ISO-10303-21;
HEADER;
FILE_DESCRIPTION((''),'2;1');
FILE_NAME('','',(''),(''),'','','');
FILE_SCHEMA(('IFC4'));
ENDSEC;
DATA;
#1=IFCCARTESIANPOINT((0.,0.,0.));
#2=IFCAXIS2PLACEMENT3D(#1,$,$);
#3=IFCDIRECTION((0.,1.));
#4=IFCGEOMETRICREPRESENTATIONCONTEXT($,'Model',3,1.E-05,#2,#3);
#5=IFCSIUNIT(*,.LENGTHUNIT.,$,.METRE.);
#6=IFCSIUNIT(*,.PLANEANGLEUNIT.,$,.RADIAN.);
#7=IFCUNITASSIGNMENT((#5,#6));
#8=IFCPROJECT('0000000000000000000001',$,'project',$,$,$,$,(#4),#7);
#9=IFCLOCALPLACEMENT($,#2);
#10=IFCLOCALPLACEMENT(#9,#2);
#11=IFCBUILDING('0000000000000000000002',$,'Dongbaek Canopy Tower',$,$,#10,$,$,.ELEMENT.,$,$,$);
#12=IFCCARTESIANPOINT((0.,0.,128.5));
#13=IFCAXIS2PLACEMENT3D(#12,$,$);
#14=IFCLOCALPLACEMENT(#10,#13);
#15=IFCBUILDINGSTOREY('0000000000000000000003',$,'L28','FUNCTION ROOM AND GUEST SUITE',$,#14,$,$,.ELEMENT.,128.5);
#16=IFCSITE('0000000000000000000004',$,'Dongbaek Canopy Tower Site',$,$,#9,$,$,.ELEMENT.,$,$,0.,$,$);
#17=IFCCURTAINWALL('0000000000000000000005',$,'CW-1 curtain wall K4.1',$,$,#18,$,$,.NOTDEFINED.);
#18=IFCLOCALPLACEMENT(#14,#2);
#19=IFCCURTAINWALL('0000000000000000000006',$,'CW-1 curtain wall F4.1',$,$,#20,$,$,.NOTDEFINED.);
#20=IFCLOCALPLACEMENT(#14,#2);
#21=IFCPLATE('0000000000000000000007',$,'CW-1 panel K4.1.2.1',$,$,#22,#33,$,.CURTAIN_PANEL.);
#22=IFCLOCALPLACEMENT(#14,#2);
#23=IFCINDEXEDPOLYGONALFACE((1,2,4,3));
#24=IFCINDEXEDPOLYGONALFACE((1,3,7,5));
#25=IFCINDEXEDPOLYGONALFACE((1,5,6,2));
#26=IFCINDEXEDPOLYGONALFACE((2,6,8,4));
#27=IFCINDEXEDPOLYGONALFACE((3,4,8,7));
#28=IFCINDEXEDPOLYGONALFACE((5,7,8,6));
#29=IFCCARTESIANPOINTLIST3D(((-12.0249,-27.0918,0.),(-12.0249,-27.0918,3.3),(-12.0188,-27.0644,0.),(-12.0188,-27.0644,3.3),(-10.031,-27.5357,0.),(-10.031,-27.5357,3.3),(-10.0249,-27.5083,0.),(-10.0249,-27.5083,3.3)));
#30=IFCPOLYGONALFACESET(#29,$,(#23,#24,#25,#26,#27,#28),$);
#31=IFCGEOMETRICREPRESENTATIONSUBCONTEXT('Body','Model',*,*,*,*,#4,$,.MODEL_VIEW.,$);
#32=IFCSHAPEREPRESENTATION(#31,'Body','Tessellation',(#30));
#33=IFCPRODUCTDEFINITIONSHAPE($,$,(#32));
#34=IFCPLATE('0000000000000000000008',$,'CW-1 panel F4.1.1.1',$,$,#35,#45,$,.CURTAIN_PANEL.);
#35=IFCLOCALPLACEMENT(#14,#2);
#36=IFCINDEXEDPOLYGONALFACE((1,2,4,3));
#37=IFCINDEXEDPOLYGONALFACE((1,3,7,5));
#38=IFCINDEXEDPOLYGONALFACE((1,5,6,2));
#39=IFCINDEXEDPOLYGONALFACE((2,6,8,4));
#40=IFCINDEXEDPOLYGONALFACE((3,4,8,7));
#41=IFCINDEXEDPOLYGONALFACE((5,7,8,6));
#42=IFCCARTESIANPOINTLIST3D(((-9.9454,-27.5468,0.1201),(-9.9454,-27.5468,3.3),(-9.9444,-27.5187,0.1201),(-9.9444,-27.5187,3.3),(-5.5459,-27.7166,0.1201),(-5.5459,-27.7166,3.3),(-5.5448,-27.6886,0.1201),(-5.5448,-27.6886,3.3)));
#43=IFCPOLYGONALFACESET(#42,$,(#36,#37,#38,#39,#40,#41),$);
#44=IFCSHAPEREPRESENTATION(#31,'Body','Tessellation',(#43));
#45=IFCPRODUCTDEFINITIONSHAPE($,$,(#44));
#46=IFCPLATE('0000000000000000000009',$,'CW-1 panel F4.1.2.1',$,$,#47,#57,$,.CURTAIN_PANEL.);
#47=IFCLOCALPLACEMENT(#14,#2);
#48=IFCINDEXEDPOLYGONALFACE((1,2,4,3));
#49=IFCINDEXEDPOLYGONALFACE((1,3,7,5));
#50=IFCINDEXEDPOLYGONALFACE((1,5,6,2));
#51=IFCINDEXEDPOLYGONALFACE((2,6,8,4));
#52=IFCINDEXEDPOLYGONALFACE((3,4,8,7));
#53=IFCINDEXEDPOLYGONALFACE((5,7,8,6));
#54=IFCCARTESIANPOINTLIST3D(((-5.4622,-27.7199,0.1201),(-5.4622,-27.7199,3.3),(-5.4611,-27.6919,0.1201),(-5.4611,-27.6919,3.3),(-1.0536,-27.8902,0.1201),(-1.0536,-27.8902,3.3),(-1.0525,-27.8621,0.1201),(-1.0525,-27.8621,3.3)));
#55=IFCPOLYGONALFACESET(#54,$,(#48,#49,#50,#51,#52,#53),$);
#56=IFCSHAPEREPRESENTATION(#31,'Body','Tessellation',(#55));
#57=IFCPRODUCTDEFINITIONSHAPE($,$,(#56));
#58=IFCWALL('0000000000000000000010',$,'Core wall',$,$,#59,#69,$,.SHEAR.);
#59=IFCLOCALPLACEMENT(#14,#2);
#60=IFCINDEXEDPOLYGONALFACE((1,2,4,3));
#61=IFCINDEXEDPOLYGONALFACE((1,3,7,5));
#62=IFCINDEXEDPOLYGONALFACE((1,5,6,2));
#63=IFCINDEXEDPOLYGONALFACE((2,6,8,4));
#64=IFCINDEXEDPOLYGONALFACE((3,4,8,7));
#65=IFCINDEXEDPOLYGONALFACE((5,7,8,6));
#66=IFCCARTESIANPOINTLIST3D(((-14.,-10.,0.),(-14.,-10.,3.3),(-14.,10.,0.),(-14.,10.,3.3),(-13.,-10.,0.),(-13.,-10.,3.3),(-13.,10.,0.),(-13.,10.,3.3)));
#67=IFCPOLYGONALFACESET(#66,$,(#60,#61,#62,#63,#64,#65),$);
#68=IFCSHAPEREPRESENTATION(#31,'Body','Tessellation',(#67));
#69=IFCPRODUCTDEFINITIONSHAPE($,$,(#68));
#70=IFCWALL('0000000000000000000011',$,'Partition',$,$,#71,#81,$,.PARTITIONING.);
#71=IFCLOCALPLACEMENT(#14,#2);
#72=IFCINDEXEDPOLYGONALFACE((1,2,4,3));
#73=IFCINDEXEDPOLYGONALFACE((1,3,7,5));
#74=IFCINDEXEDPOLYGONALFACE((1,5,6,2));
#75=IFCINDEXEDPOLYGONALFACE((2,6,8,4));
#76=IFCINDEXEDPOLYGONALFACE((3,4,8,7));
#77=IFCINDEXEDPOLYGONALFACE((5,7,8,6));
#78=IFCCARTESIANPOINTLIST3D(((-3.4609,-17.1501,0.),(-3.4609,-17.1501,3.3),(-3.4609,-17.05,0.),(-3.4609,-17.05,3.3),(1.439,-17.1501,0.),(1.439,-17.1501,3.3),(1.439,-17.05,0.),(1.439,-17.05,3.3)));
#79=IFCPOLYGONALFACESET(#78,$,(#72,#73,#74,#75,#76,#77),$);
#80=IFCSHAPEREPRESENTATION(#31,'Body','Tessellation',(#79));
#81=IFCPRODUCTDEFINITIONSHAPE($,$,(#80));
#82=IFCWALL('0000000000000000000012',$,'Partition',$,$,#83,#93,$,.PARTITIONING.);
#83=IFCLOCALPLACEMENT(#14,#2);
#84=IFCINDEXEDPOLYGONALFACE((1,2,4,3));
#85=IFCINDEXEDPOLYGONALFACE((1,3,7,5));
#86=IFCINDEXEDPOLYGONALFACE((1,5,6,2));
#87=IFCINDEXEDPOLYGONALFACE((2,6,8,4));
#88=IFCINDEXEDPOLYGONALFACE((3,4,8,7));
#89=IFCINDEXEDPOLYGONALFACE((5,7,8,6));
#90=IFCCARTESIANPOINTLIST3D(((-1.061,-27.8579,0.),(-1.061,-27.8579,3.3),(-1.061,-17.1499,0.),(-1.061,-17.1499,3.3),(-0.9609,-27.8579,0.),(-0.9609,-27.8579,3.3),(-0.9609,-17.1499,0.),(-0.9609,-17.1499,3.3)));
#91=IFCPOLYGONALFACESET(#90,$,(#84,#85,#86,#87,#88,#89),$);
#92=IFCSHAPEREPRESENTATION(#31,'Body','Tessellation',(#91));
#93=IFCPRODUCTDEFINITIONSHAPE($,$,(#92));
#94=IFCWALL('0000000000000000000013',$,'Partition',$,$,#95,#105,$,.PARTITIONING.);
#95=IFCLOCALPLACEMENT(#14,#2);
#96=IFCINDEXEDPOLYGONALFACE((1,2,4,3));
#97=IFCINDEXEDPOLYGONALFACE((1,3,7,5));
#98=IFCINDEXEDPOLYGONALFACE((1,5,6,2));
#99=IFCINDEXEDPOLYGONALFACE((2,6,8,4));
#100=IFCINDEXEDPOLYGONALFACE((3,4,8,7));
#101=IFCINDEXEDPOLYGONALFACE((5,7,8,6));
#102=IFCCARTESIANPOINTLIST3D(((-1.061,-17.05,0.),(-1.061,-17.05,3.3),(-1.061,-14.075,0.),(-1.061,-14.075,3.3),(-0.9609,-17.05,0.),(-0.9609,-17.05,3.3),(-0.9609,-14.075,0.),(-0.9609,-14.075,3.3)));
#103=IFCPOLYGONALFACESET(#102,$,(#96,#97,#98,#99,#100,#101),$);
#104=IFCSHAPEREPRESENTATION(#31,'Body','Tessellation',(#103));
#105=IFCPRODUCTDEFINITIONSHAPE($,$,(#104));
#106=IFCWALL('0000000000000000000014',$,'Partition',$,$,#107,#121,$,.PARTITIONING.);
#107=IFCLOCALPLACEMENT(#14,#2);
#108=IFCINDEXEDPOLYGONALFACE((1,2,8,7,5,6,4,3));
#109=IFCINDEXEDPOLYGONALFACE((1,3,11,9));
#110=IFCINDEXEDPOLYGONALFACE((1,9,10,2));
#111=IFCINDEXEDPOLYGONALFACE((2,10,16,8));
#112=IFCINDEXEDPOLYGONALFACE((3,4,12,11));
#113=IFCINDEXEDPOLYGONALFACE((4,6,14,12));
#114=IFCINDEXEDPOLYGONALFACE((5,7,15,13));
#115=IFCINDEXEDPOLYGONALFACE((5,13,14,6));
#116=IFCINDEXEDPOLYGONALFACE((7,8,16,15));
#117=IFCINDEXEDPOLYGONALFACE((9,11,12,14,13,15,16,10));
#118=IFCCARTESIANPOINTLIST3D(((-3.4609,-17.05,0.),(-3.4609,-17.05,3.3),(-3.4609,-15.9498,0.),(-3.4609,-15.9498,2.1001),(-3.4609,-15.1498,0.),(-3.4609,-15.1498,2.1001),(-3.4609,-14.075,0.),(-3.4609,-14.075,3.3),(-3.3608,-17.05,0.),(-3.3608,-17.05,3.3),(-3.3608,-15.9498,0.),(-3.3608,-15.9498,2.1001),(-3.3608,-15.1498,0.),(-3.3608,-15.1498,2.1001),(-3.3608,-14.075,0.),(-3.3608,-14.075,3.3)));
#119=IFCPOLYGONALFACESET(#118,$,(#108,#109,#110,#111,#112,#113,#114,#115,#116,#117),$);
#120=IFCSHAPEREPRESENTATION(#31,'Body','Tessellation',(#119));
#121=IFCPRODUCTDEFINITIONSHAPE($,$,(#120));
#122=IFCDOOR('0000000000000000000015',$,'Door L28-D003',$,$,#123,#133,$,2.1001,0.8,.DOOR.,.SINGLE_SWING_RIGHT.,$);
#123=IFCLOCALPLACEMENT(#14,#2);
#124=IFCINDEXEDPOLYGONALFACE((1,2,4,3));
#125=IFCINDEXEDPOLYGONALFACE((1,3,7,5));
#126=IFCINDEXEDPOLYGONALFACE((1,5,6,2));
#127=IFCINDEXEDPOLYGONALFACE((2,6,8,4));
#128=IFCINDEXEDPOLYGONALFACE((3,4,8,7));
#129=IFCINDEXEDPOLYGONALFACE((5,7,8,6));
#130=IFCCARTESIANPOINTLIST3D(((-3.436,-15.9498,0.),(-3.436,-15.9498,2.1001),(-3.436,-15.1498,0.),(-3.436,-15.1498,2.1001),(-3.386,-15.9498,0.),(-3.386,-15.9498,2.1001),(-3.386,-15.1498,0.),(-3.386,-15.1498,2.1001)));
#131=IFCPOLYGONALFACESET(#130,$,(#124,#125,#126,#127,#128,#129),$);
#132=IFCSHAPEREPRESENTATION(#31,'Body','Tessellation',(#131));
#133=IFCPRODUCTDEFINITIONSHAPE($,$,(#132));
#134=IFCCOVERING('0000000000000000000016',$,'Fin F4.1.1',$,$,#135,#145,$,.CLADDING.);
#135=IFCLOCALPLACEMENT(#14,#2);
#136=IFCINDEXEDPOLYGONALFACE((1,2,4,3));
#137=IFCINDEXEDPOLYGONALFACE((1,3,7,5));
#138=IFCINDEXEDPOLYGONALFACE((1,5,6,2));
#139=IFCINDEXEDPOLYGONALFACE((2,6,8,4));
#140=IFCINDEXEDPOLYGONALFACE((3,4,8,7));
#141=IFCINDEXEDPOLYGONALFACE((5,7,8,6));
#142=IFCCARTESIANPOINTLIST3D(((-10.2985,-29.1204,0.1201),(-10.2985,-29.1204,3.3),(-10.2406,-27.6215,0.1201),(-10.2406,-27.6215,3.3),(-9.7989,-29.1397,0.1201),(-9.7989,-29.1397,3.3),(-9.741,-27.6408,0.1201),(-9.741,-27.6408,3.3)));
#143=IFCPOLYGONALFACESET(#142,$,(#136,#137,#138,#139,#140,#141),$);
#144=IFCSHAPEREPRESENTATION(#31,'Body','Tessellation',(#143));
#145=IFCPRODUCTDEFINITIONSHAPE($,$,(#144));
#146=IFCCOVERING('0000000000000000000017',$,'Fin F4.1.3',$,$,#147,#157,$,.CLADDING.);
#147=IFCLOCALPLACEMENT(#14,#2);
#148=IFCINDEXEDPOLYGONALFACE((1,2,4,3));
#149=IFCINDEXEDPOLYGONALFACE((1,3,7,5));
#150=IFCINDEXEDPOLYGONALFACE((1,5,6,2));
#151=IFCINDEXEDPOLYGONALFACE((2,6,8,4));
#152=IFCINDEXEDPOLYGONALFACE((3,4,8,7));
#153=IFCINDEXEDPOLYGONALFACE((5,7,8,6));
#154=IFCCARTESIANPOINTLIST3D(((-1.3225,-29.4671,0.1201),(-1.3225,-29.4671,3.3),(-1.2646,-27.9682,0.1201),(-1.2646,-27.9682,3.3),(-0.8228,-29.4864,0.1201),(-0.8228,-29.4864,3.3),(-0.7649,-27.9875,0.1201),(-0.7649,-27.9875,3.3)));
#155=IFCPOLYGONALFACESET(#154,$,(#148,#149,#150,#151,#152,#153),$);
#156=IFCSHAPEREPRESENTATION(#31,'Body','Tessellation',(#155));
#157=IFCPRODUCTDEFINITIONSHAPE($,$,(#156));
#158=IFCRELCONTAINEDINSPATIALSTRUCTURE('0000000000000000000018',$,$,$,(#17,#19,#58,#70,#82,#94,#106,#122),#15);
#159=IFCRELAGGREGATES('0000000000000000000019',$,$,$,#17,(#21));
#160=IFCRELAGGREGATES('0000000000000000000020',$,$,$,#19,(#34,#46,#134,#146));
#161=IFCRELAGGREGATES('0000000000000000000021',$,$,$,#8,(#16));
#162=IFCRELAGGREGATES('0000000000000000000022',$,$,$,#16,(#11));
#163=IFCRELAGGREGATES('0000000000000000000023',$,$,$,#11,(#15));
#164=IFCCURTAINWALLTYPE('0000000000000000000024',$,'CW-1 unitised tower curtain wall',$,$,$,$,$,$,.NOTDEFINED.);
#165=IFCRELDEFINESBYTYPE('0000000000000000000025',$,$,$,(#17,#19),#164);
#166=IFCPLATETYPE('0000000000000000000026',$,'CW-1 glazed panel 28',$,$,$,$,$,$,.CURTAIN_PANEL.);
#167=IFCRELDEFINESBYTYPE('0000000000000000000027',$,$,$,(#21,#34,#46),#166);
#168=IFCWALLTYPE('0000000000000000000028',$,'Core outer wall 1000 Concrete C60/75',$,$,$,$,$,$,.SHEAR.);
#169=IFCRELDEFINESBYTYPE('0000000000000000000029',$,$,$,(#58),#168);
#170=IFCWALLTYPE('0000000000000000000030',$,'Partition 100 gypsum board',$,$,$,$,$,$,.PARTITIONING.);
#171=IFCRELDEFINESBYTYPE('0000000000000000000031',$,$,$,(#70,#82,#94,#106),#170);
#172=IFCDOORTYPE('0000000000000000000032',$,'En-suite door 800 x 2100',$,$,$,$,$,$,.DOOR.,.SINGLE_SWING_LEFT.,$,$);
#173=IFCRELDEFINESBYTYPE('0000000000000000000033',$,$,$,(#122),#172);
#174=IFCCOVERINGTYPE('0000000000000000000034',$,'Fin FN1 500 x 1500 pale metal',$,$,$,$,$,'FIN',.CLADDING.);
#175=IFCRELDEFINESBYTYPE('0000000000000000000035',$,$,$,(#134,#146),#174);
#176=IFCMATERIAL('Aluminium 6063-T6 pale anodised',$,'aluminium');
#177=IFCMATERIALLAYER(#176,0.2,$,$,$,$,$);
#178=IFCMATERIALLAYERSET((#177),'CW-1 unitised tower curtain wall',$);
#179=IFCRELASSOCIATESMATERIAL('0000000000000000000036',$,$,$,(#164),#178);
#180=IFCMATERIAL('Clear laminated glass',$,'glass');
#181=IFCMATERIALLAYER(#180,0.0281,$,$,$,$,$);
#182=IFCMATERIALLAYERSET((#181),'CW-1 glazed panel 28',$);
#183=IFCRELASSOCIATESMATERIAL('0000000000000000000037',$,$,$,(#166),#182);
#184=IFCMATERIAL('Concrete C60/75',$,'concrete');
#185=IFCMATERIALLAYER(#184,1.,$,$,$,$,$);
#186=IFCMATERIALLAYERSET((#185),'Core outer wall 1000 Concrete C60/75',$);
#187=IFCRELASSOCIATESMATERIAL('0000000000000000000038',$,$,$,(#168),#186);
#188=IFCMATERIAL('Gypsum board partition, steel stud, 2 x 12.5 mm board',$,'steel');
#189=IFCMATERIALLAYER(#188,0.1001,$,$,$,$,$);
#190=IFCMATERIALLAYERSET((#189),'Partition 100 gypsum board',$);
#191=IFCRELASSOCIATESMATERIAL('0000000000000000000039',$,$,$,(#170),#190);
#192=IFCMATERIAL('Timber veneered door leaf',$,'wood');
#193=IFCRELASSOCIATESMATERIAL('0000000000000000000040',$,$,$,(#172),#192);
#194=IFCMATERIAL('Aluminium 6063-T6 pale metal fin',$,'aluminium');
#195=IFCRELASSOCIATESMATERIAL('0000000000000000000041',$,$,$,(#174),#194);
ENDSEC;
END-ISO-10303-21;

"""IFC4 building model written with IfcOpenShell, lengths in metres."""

from ifc_helpers import new_model, si_unit, direction, frame, frame_2d, origin, origin_2d, place, context, subcontext, project, spatial, rectangle, extrude, material, layer, layer_set, material_profile, profile_set, type_object, element, fill, aggregate, save


model = new_model("IFC4")

# Units and contexts
model_context = context("Model", 3, precision=1e-05, world=origin(), true_north=direction((0.0, 1.0)))
body_context = subcontext(model_context, "Body", "Model", "MODEL_VIEW")
ifc_project = project(units=[si_unit("LENGTHUNIT", "METRE"), si_unit("PLANEANGLEUNIT", "RADIAN")], contexts=[model_context])

# Site, building, storey
site_placement = place(None, origin())
site = spatial("IfcSite", under=ifc_project, at=site_placement, Name="Dongbaek Canopy Tower Site", CompositionType="ELEMENT", RefElevation=0.0)
building_placement = place(site_placement, origin())
building = spatial("IfcBuilding", under=site, at=building_placement, Name="Dongbaek Canopy Tower", CompositionType="ELEMENT")
storey_placement = place(building_placement, frame((0.0, 0.0, 128.5)))
storey = spatial("IfcBuildingStorey", under=building, at=storey_placement, Name="L28", Description="FUNCTION ROOM AND GUEST SUITE", CompositionType="ELEMENT", Elevation=128.5)

# Curtain walls
ifc_material_1 = material(Name="Aluminium 6063-T6 pale anodised", Category="aluminium")
ifc_layer_1 = layer(ifc_material_1, 0.2)
ifc_layer_set_1 = layer_set([ifc_layer_1], Name="CW-1 unitised tower curtain wall")
curtain_wall_type = type_object("IfcCurtainWallType", Name="CW-1 unitised tower curtain wall", PredefinedType="NOTDEFINED", material=ifc_layer_set_1)
curtain_wall_1_placement = place(storey_placement, origin())
curtain_wall_1 = element("IfcCurtainWall", 1, at=curtain_wall_1_placement, inside=storey, type_object=curtain_wall_type, Name="CW-1 curtain wall K4.1", PredefinedType="NOTDEFINED")
curtain_wall_2_placement = place(storey_placement, origin())
curtain_wall_2 = element("IfcCurtainWall", 2, at=curtain_wall_2_placement, inside=storey, type_object=curtain_wall_type, Name="CW-1 curtain wall F4.1", PredefinedType="NOTDEFINED")

# Plates
ifc_material_2 = material(Name="Clear laminated glass", Category="glass")
ifc_layer_2 = layer(ifc_material_2, 0.0281)
ifc_layer_set_2 = layer_set([ifc_layer_2], Name="CW-1 glazed panel 28")
plate_type = type_object("IfcPlateType", Name="CW-1 glazed panel 28", PredefinedType="CURTAIN_PANEL", material=ifc_layer_set_2)
plate_1_placement = place(storey_placement, frame((-11.0249, -27.3, 0.0), z_axis=(0.0, 0.0, 1.0), x_axis=(0.976098, -0.217331, 0.0)))
plate_1 = element("IfcPlate", 3, at=plate_1_placement, type_object=plate_type, Name="CW-1 panel K4.1.2.1", PredefinedType="CURTAIN_PANEL", context=body_context, shape_type="SweptSolid", body=[
    extrude(rectangle(XDim=2.0427, YDim=0.0281, at=origin_2d()), origin(), (0.0, 0.0, 1.0), 3.3),
])
aggregate(curtain_wall_1, [plate_1])
plate_2_placement = place(storey_placement, frame((-7.7451, -27.6177, 0.1201), z_axis=(0.0, 0.0, 1.0), x_axis=(0.999255, -0.038587, 0.0)))
plate_2 = element("IfcPlate", 4, at=plate_2_placement, type_object=plate_type, Name="CW-1 panel F4.1.1.1", PredefinedType="CURTAIN_PANEL", context=body_context, shape_type="SweptSolid", body=[
    extrude(rectangle(XDim=4.4028, YDim=0.0281, at=origin_2d()), origin(), (0.0, 0.0, 1.0), 3.1799),
])
plate_3_placement = place(storey_placement, frame((-3.2573, -27.791, 0.1201), z_axis=(0.0, 0.0, 1.0), x_axis=(0.999255, -0.038587, 0.0)))
plate_3 = element("IfcPlate", 5, at=plate_3_placement, type_object=plate_type, Name="CW-1 panel F4.1.2.1", PredefinedType="CURTAIN_PANEL", context=body_context, shape_type="SweptSolid", body=[
    extrude(rectangle(XDim=4.4119, YDim=0.0281, at=origin_2d()), origin(), (0.0, 0.0, 1.0), 3.1799),
])

# Walls
ifc_material_3 = material(Name="Concrete C60/75", Category="concrete")
ifc_layer_3 = layer(ifc_material_3, 1.0)
ifc_layer_set_3 = layer_set([ifc_layer_3], Name="Core outer wall 1000 Concrete C60/75")
wall_type_1 = type_object("IfcWallType", Name="Core outer wall 1000 Concrete C60/75", PredefinedType="SHEAR", material=ifc_layer_set_3)
wall_1_placement = place(storey_placement, frame((-13.5, -10.0, 0.0), z_axis=(0.0, 0.0, 1.0), x_axis=(0.0, 1.0, 0.0)))
element("IfcWall", 6, at=wall_1_placement, inside=storey, type_object=wall_type_1, Name="Core wall", PredefinedType="SHEAR", context=body_context, shape_type="SweptSolid", body=[
    extrude(rectangle(XDim=20.0, YDim=1.0, at=frame_2d((10.0, 0.0))), origin(), (0.0, 0.0, 1.0), 3.3),
])
ifc_material_4 = material(Name="Gypsum board partition, steel stud, 2 x 12.5 mm board", Category="steel")
ifc_layer_4 = layer(ifc_material_4, 0.1001)
ifc_layer_set_4 = layer_set([ifc_layer_4], Name="Partition 100 gypsum board")
wall_type_2 = type_object("IfcWallType", Name="Partition 100 gypsum board", PredefinedType="PARTITIONING", material=ifc_layer_set_4)
wall_2_placement = place(storey_placement, frame((-3.4609, -17.1001, 0.0), z_axis=(0.0, 0.0, 1.0), x_axis=(1.0, 0.0, 0.0)))
element("IfcWall", 7, at=wall_2_placement, inside=storey, type_object=wall_type_2, Name="Partition", PredefinedType="PARTITIONING", context=body_context, shape_type="SweptSolid", body=[
    extrude(rectangle(XDim=4.8999, YDim=0.1001, at=frame_2d((2.45, 0.0))), origin(), (0.0, 0.0, 1.0), 3.3),
])
wall_3_placement = place(storey_placement, frame((-1.011, -27.8579, 0.0), z_axis=(0.0, 0.0, 1.0), x_axis=(0.0, 1.0, 0.0)))
element("IfcWall", 8, at=wall_3_placement, inside=storey, type_object=wall_type_2, Name="Partition", PredefinedType="PARTITIONING", context=body_context, shape_type="SweptSolid", body=[
    extrude(rectangle(XDim=10.708, YDim=0.1001, at=frame_2d((5.354, 0.0))), origin(), (0.0, 0.0, 1.0), 3.3),
])
wall_4_placement = place(storey_placement, frame((-1.011, -17.05, 0.0), z_axis=(0.0, 0.0, 1.0), x_axis=(0.0, 1.0, 0.0)))
element("IfcWall", 9, at=wall_4_placement, inside=storey, type_object=wall_type_2, Name="Partition", PredefinedType="PARTITIONING", context=body_context, shape_type="SweptSolid", body=[
    extrude(rectangle(XDim=2.9751, YDim=0.1001, at=frame_2d((1.4875, 0.0))), origin(), (0.0, 0.0, 1.0), 3.3),
])

# Wall, opening, door
wall_5_placement = place(storey_placement, frame((-3.4109, -14.075, 0.0), z_axis=(0.0, 0.0, 1.0), x_axis=(0.0, -1.0, 0.0)))
wall_5 = element("IfcWall", 10, at=wall_5_placement, inside=storey, type_object=wall_type_2, Name="Partition", PredefinedType="PARTITIONING", context=body_context, shape_type="SweptSolid", body=[
    extrude(rectangle(XDim=2.9751, YDim=0.1001, at=frame_2d((1.4875, 0.0))), origin(), (0.0, 0.0, 1.0), 3.3),
])
opening_placement = place(wall_5_placement, frame((1.075, 0.0, 0.0)))
opening = element("IfcOpeningElement", 11, at=opening_placement, cuts=wall_5, PredefinedType="OPENING", context=body_context, shape_type="SweptSolid", body=[
    extrude(rectangle(XDim=0.8, YDim=2.1001, at=frame_2d((0.3999, 1.05))), frame((0.0, 0.0601, 0.0), z_axis=(0.0, -1.0, 0.0), x_axis=(1.0, 0.0, 0.0)), (0.0, 0.0, 1.0), 0.1201),
])
ifc_material_5 = material(Name="Timber veneered door leaf", Category="wood")
door_type = type_object("IfcDoorType", Name="En-suite door 800 x 2100", OperationType="SINGLE_SWING_LEFT", PredefinedType="DOOR", material=ifc_material_5)
door_placement = place(opening_placement, origin())
door = element("IfcDoor", 12, at=door_placement, inside=storey, type_object=door_type, Name="Door L28-D003", OperationType="SINGLE_SWING_RIGHT", OverallHeight=2.1001, OverallWidth=0.8, PredefinedType="DOOR", context=body_context, shape_type="SweptSolid", body=[
    extrude(rectangle(XDim=0.8, YDim=2.1001, at=frame_2d((0.3999, 1.05))), frame((0.0, 0.0249, 0.0), z_axis=(0.0, -1.0, 0.0), x_axis=(1.0, 0.0, 0.0)), (0.0, 0.0, 1.0), 0.05),
])
fill(opening, door)

# Coverings
ifc_material_6 = material(Name="Aluminium 6063-T6 pale metal fin", Category="aluminium")
ifc_material_profile_1 = material_profile(ifc_material_6, rectangle(XDim=1.5, YDim=0.5, at=origin_2d()), Name="Fin FN1 500 x 1500 pale metal")
ifc_profile_set_1 = profile_set([ifc_material_profile_1], Name="Aluminium 6063-T6 pale metal fin")
covering_type = type_object("IfcCoveringType", Name="Fin FN1 500 x 1500 pale metal", ElementType="FIN", PredefinedType="CLADDING", material=ifc_profile_set_1)
covering_1_placement = place(storey_placement, frame((-10.0198, -28.3806, 0.1201), z_axis=(0.0, 0.0, 1.0), x_axis=(-0.038587, -0.999255, 0.0)))
covering_1 = element("IfcCovering", 13, at=covering_1_placement, type_object=covering_type, Name="Fin F4.1.1", PredefinedType="CLADDING", context=body_context, shape_type="SweptSolid", body=[
    extrude(rectangle(XDim=1.5, YDim=0.5, at=origin_2d()), origin(), (0.0, 0.0, 1.0), 3.1799),
])
covering_2_placement = place(storey_placement, frame((-1.0437, -28.7273, 0.1201), z_axis=(0.0, 0.0, 1.0), x_axis=(-0.038587, -0.999255, 0.0)))
covering_2 = element("IfcCovering", 14, at=covering_2_placement, type_object=covering_type, Name="Fin F4.1.3", PredefinedType="CLADDING", context=body_context, shape_type="SweptSolid", body=[
    extrude(rectangle(XDim=1.5, YDim=0.5, at=origin_2d()), origin(), (0.0, 0.0, 1.0), 3.1799),
])
aggregate(curtain_wall_2, [plate_2, plate_3, covering_1, covering_2])

save(model, "model.ifc")
